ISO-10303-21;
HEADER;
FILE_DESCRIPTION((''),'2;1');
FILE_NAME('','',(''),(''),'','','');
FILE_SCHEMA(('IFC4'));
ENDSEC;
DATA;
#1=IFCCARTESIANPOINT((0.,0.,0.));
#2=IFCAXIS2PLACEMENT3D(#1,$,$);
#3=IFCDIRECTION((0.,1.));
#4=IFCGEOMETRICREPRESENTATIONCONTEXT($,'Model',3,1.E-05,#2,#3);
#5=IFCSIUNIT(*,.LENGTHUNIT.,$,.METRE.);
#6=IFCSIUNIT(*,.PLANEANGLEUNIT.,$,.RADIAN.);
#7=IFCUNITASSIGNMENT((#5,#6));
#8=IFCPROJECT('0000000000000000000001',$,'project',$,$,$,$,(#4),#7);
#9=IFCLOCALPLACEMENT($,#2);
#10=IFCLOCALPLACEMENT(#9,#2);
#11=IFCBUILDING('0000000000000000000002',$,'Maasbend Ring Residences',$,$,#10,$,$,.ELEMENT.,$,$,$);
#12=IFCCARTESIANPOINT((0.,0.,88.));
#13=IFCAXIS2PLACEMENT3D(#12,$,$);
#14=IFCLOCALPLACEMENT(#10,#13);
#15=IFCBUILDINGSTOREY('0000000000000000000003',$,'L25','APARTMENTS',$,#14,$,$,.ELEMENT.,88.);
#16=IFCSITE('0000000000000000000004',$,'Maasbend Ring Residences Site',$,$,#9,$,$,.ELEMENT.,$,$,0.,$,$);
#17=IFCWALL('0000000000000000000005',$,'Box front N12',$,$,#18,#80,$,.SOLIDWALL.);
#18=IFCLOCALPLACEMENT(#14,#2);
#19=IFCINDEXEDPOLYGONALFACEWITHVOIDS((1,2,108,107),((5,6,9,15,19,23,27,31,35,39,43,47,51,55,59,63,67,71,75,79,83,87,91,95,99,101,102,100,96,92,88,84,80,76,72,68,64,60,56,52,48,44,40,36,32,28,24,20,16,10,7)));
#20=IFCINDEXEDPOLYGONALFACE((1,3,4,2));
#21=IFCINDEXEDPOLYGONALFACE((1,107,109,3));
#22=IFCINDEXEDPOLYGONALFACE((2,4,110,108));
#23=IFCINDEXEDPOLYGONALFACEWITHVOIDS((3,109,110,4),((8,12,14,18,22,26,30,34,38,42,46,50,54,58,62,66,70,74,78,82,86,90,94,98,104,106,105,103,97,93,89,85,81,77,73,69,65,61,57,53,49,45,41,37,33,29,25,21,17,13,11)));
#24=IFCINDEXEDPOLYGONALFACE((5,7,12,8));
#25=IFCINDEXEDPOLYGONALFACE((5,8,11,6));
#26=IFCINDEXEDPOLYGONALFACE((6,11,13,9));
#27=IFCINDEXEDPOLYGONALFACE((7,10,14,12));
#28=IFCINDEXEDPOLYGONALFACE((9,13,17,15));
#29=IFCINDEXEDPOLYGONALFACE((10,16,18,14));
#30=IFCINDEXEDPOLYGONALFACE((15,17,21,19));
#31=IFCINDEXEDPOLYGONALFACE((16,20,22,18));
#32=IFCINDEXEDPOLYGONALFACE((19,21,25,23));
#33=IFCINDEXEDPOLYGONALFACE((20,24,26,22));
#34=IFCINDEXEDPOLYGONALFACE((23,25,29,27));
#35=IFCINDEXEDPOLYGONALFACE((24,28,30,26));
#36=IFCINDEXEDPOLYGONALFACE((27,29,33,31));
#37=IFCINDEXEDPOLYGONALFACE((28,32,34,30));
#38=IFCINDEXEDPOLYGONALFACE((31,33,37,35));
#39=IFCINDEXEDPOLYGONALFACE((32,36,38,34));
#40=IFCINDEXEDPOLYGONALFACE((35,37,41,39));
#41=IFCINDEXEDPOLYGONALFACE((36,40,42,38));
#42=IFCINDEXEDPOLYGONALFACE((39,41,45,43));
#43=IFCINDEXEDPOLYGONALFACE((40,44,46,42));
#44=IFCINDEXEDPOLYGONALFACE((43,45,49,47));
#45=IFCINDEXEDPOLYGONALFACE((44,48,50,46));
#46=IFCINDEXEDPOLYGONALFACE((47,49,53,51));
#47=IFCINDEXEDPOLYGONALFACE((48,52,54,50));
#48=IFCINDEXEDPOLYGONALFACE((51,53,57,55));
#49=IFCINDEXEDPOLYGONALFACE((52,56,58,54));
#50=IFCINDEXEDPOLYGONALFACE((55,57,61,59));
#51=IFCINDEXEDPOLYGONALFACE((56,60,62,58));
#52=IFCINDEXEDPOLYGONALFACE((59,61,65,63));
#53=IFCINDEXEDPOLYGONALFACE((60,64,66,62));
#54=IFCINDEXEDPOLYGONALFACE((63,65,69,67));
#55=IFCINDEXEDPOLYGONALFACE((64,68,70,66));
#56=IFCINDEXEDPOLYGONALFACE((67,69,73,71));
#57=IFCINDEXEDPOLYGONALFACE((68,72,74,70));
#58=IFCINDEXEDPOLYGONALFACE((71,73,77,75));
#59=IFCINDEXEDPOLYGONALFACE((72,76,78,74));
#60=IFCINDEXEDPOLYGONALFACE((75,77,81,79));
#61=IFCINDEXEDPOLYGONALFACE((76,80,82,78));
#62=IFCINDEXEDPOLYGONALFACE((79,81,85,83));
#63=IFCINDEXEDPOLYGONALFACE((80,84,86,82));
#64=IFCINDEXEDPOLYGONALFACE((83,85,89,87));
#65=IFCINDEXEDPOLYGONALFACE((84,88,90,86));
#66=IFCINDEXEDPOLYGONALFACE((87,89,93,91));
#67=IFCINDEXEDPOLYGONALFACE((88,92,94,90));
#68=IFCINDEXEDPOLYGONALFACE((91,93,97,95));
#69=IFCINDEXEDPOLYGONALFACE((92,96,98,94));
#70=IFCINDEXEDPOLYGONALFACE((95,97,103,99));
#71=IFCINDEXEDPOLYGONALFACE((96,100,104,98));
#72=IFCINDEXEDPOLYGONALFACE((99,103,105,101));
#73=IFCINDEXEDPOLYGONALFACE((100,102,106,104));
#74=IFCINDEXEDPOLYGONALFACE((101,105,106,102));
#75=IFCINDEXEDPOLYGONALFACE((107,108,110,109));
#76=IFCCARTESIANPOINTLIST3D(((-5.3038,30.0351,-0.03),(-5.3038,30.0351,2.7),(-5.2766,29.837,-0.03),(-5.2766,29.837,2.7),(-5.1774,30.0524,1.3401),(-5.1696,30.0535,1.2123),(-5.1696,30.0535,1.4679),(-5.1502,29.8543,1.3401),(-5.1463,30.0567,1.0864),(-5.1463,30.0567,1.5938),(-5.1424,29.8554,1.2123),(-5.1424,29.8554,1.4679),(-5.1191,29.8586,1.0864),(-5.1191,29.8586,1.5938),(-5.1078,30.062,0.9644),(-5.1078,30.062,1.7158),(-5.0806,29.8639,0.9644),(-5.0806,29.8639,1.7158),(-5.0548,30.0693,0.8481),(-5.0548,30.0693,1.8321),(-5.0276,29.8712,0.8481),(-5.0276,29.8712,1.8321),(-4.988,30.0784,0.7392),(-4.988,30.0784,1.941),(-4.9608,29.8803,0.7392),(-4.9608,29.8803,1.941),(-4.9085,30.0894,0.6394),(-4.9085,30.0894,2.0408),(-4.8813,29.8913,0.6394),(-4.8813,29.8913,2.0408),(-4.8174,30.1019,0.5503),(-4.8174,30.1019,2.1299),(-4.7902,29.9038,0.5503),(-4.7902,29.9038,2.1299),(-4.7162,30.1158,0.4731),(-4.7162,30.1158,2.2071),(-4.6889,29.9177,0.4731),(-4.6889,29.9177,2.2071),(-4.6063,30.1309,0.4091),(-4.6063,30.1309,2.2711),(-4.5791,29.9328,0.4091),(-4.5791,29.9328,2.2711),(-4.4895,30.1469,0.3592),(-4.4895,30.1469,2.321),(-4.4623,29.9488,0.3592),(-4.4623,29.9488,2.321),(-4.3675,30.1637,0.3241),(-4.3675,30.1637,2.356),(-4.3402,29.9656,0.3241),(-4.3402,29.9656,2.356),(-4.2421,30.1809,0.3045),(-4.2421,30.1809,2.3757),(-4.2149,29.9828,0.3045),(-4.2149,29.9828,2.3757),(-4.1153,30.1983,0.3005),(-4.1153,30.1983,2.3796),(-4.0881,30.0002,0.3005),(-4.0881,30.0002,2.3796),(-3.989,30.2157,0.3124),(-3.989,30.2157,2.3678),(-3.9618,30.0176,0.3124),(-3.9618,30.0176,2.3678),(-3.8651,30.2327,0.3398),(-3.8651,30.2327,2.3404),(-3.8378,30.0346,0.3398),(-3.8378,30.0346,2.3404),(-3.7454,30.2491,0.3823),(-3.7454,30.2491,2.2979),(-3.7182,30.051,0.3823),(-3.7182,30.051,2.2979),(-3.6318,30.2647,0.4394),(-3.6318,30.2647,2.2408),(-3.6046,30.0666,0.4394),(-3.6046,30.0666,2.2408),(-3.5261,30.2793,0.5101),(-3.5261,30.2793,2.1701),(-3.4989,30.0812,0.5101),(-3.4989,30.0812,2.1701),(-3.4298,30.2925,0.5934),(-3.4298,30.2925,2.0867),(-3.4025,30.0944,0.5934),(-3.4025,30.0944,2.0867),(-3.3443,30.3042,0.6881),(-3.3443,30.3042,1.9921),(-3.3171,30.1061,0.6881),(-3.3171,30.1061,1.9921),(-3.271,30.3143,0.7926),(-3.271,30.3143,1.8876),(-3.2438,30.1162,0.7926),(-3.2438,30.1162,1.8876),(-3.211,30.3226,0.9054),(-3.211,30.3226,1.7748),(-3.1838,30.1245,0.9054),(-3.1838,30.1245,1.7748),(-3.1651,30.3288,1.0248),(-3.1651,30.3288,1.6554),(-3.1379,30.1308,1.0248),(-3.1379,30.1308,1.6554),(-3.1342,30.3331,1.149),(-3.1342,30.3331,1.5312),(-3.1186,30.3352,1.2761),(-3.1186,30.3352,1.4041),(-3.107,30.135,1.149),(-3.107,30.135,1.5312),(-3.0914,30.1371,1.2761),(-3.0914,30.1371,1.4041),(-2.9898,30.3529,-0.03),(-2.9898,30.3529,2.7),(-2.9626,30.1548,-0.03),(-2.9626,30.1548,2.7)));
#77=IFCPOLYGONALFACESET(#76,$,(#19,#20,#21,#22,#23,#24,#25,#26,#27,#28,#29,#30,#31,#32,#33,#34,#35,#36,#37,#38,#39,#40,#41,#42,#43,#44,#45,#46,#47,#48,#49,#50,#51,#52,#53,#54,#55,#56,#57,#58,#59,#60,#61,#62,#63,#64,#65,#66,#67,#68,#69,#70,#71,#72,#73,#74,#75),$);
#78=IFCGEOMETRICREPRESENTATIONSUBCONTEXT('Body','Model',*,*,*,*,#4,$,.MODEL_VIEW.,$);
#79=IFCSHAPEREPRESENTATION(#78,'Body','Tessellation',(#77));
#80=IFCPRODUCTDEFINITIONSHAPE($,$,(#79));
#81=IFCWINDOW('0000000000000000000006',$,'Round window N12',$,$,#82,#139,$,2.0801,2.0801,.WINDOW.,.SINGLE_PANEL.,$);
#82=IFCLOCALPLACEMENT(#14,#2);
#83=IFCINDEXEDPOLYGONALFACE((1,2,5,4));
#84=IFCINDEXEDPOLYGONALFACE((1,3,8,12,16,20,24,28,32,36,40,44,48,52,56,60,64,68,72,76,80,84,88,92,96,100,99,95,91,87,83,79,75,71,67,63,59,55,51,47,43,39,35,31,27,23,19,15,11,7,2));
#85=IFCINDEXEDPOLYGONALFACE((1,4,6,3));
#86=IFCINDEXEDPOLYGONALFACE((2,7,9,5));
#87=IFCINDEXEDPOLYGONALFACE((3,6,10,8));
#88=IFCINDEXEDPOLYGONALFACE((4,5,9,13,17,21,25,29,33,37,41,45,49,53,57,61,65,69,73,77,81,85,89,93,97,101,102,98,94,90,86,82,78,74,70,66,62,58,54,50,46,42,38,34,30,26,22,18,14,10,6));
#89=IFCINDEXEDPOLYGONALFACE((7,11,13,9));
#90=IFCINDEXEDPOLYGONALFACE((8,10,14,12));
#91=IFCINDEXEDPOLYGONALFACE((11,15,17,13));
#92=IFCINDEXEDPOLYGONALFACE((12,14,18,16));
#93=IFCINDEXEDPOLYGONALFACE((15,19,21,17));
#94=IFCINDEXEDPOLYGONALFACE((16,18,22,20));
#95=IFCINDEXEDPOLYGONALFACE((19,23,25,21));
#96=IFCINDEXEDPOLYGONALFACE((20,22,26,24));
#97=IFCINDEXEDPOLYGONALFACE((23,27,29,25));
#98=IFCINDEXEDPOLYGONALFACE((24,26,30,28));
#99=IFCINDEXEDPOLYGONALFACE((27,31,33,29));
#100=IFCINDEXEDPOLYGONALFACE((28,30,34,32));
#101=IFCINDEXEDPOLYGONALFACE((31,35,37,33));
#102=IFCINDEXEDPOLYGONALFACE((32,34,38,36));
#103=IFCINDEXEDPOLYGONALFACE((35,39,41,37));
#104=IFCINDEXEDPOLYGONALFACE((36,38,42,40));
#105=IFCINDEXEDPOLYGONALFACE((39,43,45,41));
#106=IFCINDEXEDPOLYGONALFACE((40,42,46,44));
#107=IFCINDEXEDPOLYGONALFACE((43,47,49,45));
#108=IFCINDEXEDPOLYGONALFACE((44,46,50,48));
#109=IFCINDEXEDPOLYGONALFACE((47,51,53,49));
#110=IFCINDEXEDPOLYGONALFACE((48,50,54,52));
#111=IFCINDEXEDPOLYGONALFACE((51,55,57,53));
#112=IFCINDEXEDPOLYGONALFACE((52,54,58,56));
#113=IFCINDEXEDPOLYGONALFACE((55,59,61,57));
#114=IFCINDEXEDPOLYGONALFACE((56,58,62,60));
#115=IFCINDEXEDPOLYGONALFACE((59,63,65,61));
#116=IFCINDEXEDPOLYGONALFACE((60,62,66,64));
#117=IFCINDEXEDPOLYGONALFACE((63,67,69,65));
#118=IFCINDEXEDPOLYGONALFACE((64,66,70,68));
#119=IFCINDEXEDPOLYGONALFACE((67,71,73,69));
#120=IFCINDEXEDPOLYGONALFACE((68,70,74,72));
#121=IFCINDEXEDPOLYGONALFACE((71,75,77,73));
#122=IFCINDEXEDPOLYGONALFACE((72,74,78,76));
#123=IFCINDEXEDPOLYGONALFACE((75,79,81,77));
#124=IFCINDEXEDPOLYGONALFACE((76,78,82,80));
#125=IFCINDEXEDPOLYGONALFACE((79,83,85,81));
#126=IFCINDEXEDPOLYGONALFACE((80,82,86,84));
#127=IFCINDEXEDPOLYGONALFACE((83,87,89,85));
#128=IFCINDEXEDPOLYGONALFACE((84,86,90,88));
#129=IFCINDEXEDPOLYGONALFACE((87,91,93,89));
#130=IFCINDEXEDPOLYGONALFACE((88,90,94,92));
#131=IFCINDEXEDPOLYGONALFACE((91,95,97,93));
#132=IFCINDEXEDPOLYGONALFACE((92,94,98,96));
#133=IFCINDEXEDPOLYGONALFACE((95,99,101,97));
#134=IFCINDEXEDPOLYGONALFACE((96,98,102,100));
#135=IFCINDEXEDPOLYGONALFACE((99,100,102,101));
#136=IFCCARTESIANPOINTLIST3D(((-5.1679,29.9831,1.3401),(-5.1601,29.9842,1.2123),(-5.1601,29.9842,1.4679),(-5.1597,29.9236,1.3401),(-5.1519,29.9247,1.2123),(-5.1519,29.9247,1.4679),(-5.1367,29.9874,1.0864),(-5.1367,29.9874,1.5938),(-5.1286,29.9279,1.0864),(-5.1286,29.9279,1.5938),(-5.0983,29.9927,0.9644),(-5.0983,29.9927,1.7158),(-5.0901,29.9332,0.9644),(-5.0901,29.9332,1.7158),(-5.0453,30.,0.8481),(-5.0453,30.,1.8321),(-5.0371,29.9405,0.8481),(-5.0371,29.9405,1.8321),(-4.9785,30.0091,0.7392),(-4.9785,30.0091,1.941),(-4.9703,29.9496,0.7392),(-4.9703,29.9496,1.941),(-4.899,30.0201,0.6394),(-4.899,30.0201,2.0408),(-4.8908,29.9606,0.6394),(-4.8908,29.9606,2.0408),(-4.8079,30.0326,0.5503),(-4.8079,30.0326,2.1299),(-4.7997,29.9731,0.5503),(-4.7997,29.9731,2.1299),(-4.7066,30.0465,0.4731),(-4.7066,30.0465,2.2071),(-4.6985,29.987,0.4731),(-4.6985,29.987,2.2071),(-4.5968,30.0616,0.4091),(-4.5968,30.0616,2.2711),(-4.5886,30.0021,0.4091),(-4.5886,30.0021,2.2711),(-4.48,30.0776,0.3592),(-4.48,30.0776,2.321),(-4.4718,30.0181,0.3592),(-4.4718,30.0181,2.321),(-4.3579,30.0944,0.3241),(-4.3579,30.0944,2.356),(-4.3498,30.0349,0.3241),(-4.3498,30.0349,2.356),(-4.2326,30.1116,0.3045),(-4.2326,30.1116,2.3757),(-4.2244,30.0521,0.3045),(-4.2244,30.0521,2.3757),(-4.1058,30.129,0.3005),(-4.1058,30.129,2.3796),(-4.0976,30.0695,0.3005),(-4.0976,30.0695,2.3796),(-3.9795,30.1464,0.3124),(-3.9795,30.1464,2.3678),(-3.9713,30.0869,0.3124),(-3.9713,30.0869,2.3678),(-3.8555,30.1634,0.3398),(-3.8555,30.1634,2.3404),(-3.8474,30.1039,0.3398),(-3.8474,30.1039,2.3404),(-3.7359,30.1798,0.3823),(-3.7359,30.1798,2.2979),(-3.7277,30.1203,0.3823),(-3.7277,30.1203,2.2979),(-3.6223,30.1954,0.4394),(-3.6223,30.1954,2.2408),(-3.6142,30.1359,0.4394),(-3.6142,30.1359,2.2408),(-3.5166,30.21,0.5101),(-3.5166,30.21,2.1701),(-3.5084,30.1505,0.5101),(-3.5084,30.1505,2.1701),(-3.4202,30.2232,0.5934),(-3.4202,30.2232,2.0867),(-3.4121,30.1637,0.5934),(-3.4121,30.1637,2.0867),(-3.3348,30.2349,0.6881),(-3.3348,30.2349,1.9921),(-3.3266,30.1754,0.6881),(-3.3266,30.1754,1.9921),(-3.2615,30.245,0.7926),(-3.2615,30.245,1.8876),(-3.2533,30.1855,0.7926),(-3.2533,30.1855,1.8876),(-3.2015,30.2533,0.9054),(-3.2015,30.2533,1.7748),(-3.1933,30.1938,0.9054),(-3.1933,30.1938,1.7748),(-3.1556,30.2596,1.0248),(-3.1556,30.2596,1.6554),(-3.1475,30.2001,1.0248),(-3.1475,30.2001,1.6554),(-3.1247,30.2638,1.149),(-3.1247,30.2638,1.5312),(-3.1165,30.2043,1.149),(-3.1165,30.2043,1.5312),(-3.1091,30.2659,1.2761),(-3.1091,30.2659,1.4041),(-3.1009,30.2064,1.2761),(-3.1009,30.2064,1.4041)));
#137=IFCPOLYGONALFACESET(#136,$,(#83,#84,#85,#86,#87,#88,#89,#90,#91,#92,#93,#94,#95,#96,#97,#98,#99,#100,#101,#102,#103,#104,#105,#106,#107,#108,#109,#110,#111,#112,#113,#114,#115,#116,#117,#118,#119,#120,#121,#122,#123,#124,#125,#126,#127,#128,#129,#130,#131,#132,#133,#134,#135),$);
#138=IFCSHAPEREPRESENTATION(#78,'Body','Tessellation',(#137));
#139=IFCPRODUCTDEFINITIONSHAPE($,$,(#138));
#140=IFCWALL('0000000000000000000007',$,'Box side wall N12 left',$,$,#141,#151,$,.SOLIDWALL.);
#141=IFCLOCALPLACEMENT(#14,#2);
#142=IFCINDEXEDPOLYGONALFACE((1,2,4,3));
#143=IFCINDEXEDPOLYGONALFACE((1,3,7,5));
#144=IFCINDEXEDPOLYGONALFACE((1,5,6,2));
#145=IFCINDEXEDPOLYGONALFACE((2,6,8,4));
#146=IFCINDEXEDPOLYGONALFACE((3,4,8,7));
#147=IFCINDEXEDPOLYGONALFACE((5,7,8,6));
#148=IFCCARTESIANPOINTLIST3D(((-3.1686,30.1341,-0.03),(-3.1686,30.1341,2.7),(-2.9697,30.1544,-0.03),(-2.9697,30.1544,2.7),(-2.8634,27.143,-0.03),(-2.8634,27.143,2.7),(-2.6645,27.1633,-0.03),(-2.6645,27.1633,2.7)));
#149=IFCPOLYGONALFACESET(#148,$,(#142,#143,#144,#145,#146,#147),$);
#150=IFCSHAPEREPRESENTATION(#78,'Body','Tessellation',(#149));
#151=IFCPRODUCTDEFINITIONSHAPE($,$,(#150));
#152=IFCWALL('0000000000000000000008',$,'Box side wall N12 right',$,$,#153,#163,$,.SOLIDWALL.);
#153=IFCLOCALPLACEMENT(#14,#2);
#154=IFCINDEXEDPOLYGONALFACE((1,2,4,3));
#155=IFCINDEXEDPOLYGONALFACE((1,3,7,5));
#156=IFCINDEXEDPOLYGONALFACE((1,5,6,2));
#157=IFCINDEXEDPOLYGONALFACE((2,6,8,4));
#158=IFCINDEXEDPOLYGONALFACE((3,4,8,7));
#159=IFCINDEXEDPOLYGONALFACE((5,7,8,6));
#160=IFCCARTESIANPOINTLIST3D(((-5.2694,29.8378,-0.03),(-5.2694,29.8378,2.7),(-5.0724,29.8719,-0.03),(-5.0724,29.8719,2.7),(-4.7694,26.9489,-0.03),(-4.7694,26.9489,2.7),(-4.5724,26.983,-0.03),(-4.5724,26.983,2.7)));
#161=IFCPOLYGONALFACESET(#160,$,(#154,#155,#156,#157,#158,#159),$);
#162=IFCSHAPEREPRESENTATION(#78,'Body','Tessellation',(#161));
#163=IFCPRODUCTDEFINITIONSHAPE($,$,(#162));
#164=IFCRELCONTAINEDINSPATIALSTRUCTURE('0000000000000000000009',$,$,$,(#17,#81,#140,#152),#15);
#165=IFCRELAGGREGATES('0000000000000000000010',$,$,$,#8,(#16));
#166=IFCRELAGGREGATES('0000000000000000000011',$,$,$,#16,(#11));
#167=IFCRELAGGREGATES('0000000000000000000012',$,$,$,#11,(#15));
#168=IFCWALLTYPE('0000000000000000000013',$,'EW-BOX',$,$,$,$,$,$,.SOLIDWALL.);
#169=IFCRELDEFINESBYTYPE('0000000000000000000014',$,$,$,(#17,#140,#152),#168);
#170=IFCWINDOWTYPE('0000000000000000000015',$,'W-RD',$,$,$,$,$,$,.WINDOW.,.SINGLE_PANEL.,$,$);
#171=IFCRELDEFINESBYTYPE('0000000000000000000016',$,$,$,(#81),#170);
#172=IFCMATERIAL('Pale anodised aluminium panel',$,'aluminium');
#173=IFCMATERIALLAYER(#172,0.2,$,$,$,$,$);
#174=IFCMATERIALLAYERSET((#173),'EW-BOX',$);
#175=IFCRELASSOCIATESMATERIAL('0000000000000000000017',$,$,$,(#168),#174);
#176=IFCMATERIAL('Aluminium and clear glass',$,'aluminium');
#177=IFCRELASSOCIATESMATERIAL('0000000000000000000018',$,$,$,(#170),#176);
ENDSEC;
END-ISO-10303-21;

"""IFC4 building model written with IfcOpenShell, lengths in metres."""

from ifc_helpers import new_model, si_unit, direction, frame, frame_2d, origin, place, context, subcontext, project, spatial, rectangle, circle, extrude, material, layer, layer_set, type_object, element, fill, save


model = new_model("IFC4")

# Units and contexts
model_context = context("Model", 3, precision=1e-05, world=origin(), true_north=direction((0.0, 1.0)))
body_context = subcontext(model_context, "Body", "Model", "MODEL_VIEW")
ifc_project = project(units=[si_unit("LENGTHUNIT", "METRE"), si_unit("PLANEANGLEUNIT", "RADIAN")], contexts=[model_context])

# Site, building, storey
site_placement = place(None, origin())
site = spatial("IfcSite", under=ifc_project, at=site_placement, Name="Maasbend Ring Residences Site", CompositionType="ELEMENT", RefElevation=0.0)
building_placement = place(site_placement, origin())
building = spatial("IfcBuilding", under=site, at=building_placement, Name="Maasbend Ring Residences", CompositionType="ELEMENT")
storey_placement = place(building_placement, frame((0.0, 0.0, 88.0)))
storey = spatial("IfcBuildingStorey", under=building, at=storey_placement, Name="L25", Description="APARTMENTS", CompositionType="ELEMENT", Elevation=88.0)

# Wall, opening, window
ifc_material_1 = material(Name="Pale anodised aluminium panel", Category="aluminium")
ifc_layer_1 = layer(ifc_material_1, 0.2)
ifc_layer_set_1 = layer_set([ifc_layer_1], Name="EW-BOX")
wall_type_1 = type_object("IfcWallType", Name="EW-BOX", PredefinedType="SOLIDWALL", material=ifc_layer_set_1)
wall_1_placement = place(storey_placement, frame((-2.9761, 30.2539, -0.03), z_axis=(0.0, 0.0, 1.0), x_axis=(-0.990696, -0.136093, 0.0)))
wall_1 = element("IfcWall", 1, at=wall_1_placement, inside=storey, type_object=wall_type_1, Name="Box front N12", PredefinedType="SOLIDWALL", context=body_context, shape_type="SweptSolid", body=[
    extrude(rectangle(XDim=2.3357, YDim=0.2, at=frame_2d((1.168, 0.0))), origin(), (0.0, 0.0, 1.0), 2.73),
])
opening_1_placement = place(wall_1_placement, frame((0.1282, 0.0, 0.3301)))
opening_1 = element("IfcOpeningElement", 2, at=opening_1_placement, cuts=wall_1, PredefinedType="OPENING", context=body_context, shape_type="SweptSolid", body=[
    extrude(circle(Radius=1.04, at=frame_2d((1.04, 1.04))), frame((0.0, 0.1099, 0.0), z_axis=(0.0, -1.0, 0.0), x_axis=(1.0, 0.0, 0.0)), (0.0, 0.0, 1.0), 0.22),
])
ifc_material_2 = material(Name="Aluminium and clear glass", Category="aluminium")
window_type_1 = type_object("IfcWindowType", Name="W-RD", PartitioningType="SINGLE_PANEL", PredefinedType="WINDOW", material=ifc_material_2)
window_1_placement = place(opening_1_placement, origin())
window_1 = element("IfcWindow", 3, at=window_1_placement, inside=storey, type_object=window_type_1, Name="Round window N12", OverallHeight=2.0801, OverallWidth=2.0801, PartitioningType="SINGLE_PANEL", PredefinedType="WINDOW", context=body_context, shape_type="SweptSolid", body=[
    extrude(circle(Radius=1.04, at=frame_2d((1.04, 1.04))), frame((0.0, 0.03, 0.0), z_axis=(0.0, -1.0, 0.0), x_axis=(1.0, 0.0, 0.0)), (0.0, 0.0, 1.0), 0.0601),
])
fill(opening_1, window_1)

# Walls
wall_2_placement = place(storey_placement, frame((-2.7639, 27.1531, -0.03), z_axis=(0.0, 0.0, 1.0), x_axis=(-0.101505, 0.994835, 0.0)))
element("IfcWall", 4, at=wall_2_placement, inside=storey, type_object=wall_type_1, Name="Box side wall N12 left", PredefinedType="SOLIDWALL", context=body_context, shape_type="SweptSolid", body=[
    extrude(rectangle(XDim=3.0066, YDim=0.2, at=frame_2d((1.5034, 0.0))), origin(), (0.0, 0.0, 1.0), 2.73),
])
wall_3_placement = place(storey_placement, frame((-4.6709, 26.9661, -0.03), z_axis=(0.0, 0.0, 1.0), x_axis=(-0.17054, 0.985351, 0.0)))
element("IfcWall", 5, at=wall_3_placement, inside=storey, type_object=wall_type_1, Name="Box side wall N12 right", PredefinedType="SOLIDWALL", context=body_context, shape_type="SweptSolid", body=[
    extrude(rectangle(XDim=2.9319, YDim=0.2, at=frame_2d((1.4658, 0.0))), origin(), (0.0, 0.0, 1.0), 2.73),
])

save(model, "model.ifc")
